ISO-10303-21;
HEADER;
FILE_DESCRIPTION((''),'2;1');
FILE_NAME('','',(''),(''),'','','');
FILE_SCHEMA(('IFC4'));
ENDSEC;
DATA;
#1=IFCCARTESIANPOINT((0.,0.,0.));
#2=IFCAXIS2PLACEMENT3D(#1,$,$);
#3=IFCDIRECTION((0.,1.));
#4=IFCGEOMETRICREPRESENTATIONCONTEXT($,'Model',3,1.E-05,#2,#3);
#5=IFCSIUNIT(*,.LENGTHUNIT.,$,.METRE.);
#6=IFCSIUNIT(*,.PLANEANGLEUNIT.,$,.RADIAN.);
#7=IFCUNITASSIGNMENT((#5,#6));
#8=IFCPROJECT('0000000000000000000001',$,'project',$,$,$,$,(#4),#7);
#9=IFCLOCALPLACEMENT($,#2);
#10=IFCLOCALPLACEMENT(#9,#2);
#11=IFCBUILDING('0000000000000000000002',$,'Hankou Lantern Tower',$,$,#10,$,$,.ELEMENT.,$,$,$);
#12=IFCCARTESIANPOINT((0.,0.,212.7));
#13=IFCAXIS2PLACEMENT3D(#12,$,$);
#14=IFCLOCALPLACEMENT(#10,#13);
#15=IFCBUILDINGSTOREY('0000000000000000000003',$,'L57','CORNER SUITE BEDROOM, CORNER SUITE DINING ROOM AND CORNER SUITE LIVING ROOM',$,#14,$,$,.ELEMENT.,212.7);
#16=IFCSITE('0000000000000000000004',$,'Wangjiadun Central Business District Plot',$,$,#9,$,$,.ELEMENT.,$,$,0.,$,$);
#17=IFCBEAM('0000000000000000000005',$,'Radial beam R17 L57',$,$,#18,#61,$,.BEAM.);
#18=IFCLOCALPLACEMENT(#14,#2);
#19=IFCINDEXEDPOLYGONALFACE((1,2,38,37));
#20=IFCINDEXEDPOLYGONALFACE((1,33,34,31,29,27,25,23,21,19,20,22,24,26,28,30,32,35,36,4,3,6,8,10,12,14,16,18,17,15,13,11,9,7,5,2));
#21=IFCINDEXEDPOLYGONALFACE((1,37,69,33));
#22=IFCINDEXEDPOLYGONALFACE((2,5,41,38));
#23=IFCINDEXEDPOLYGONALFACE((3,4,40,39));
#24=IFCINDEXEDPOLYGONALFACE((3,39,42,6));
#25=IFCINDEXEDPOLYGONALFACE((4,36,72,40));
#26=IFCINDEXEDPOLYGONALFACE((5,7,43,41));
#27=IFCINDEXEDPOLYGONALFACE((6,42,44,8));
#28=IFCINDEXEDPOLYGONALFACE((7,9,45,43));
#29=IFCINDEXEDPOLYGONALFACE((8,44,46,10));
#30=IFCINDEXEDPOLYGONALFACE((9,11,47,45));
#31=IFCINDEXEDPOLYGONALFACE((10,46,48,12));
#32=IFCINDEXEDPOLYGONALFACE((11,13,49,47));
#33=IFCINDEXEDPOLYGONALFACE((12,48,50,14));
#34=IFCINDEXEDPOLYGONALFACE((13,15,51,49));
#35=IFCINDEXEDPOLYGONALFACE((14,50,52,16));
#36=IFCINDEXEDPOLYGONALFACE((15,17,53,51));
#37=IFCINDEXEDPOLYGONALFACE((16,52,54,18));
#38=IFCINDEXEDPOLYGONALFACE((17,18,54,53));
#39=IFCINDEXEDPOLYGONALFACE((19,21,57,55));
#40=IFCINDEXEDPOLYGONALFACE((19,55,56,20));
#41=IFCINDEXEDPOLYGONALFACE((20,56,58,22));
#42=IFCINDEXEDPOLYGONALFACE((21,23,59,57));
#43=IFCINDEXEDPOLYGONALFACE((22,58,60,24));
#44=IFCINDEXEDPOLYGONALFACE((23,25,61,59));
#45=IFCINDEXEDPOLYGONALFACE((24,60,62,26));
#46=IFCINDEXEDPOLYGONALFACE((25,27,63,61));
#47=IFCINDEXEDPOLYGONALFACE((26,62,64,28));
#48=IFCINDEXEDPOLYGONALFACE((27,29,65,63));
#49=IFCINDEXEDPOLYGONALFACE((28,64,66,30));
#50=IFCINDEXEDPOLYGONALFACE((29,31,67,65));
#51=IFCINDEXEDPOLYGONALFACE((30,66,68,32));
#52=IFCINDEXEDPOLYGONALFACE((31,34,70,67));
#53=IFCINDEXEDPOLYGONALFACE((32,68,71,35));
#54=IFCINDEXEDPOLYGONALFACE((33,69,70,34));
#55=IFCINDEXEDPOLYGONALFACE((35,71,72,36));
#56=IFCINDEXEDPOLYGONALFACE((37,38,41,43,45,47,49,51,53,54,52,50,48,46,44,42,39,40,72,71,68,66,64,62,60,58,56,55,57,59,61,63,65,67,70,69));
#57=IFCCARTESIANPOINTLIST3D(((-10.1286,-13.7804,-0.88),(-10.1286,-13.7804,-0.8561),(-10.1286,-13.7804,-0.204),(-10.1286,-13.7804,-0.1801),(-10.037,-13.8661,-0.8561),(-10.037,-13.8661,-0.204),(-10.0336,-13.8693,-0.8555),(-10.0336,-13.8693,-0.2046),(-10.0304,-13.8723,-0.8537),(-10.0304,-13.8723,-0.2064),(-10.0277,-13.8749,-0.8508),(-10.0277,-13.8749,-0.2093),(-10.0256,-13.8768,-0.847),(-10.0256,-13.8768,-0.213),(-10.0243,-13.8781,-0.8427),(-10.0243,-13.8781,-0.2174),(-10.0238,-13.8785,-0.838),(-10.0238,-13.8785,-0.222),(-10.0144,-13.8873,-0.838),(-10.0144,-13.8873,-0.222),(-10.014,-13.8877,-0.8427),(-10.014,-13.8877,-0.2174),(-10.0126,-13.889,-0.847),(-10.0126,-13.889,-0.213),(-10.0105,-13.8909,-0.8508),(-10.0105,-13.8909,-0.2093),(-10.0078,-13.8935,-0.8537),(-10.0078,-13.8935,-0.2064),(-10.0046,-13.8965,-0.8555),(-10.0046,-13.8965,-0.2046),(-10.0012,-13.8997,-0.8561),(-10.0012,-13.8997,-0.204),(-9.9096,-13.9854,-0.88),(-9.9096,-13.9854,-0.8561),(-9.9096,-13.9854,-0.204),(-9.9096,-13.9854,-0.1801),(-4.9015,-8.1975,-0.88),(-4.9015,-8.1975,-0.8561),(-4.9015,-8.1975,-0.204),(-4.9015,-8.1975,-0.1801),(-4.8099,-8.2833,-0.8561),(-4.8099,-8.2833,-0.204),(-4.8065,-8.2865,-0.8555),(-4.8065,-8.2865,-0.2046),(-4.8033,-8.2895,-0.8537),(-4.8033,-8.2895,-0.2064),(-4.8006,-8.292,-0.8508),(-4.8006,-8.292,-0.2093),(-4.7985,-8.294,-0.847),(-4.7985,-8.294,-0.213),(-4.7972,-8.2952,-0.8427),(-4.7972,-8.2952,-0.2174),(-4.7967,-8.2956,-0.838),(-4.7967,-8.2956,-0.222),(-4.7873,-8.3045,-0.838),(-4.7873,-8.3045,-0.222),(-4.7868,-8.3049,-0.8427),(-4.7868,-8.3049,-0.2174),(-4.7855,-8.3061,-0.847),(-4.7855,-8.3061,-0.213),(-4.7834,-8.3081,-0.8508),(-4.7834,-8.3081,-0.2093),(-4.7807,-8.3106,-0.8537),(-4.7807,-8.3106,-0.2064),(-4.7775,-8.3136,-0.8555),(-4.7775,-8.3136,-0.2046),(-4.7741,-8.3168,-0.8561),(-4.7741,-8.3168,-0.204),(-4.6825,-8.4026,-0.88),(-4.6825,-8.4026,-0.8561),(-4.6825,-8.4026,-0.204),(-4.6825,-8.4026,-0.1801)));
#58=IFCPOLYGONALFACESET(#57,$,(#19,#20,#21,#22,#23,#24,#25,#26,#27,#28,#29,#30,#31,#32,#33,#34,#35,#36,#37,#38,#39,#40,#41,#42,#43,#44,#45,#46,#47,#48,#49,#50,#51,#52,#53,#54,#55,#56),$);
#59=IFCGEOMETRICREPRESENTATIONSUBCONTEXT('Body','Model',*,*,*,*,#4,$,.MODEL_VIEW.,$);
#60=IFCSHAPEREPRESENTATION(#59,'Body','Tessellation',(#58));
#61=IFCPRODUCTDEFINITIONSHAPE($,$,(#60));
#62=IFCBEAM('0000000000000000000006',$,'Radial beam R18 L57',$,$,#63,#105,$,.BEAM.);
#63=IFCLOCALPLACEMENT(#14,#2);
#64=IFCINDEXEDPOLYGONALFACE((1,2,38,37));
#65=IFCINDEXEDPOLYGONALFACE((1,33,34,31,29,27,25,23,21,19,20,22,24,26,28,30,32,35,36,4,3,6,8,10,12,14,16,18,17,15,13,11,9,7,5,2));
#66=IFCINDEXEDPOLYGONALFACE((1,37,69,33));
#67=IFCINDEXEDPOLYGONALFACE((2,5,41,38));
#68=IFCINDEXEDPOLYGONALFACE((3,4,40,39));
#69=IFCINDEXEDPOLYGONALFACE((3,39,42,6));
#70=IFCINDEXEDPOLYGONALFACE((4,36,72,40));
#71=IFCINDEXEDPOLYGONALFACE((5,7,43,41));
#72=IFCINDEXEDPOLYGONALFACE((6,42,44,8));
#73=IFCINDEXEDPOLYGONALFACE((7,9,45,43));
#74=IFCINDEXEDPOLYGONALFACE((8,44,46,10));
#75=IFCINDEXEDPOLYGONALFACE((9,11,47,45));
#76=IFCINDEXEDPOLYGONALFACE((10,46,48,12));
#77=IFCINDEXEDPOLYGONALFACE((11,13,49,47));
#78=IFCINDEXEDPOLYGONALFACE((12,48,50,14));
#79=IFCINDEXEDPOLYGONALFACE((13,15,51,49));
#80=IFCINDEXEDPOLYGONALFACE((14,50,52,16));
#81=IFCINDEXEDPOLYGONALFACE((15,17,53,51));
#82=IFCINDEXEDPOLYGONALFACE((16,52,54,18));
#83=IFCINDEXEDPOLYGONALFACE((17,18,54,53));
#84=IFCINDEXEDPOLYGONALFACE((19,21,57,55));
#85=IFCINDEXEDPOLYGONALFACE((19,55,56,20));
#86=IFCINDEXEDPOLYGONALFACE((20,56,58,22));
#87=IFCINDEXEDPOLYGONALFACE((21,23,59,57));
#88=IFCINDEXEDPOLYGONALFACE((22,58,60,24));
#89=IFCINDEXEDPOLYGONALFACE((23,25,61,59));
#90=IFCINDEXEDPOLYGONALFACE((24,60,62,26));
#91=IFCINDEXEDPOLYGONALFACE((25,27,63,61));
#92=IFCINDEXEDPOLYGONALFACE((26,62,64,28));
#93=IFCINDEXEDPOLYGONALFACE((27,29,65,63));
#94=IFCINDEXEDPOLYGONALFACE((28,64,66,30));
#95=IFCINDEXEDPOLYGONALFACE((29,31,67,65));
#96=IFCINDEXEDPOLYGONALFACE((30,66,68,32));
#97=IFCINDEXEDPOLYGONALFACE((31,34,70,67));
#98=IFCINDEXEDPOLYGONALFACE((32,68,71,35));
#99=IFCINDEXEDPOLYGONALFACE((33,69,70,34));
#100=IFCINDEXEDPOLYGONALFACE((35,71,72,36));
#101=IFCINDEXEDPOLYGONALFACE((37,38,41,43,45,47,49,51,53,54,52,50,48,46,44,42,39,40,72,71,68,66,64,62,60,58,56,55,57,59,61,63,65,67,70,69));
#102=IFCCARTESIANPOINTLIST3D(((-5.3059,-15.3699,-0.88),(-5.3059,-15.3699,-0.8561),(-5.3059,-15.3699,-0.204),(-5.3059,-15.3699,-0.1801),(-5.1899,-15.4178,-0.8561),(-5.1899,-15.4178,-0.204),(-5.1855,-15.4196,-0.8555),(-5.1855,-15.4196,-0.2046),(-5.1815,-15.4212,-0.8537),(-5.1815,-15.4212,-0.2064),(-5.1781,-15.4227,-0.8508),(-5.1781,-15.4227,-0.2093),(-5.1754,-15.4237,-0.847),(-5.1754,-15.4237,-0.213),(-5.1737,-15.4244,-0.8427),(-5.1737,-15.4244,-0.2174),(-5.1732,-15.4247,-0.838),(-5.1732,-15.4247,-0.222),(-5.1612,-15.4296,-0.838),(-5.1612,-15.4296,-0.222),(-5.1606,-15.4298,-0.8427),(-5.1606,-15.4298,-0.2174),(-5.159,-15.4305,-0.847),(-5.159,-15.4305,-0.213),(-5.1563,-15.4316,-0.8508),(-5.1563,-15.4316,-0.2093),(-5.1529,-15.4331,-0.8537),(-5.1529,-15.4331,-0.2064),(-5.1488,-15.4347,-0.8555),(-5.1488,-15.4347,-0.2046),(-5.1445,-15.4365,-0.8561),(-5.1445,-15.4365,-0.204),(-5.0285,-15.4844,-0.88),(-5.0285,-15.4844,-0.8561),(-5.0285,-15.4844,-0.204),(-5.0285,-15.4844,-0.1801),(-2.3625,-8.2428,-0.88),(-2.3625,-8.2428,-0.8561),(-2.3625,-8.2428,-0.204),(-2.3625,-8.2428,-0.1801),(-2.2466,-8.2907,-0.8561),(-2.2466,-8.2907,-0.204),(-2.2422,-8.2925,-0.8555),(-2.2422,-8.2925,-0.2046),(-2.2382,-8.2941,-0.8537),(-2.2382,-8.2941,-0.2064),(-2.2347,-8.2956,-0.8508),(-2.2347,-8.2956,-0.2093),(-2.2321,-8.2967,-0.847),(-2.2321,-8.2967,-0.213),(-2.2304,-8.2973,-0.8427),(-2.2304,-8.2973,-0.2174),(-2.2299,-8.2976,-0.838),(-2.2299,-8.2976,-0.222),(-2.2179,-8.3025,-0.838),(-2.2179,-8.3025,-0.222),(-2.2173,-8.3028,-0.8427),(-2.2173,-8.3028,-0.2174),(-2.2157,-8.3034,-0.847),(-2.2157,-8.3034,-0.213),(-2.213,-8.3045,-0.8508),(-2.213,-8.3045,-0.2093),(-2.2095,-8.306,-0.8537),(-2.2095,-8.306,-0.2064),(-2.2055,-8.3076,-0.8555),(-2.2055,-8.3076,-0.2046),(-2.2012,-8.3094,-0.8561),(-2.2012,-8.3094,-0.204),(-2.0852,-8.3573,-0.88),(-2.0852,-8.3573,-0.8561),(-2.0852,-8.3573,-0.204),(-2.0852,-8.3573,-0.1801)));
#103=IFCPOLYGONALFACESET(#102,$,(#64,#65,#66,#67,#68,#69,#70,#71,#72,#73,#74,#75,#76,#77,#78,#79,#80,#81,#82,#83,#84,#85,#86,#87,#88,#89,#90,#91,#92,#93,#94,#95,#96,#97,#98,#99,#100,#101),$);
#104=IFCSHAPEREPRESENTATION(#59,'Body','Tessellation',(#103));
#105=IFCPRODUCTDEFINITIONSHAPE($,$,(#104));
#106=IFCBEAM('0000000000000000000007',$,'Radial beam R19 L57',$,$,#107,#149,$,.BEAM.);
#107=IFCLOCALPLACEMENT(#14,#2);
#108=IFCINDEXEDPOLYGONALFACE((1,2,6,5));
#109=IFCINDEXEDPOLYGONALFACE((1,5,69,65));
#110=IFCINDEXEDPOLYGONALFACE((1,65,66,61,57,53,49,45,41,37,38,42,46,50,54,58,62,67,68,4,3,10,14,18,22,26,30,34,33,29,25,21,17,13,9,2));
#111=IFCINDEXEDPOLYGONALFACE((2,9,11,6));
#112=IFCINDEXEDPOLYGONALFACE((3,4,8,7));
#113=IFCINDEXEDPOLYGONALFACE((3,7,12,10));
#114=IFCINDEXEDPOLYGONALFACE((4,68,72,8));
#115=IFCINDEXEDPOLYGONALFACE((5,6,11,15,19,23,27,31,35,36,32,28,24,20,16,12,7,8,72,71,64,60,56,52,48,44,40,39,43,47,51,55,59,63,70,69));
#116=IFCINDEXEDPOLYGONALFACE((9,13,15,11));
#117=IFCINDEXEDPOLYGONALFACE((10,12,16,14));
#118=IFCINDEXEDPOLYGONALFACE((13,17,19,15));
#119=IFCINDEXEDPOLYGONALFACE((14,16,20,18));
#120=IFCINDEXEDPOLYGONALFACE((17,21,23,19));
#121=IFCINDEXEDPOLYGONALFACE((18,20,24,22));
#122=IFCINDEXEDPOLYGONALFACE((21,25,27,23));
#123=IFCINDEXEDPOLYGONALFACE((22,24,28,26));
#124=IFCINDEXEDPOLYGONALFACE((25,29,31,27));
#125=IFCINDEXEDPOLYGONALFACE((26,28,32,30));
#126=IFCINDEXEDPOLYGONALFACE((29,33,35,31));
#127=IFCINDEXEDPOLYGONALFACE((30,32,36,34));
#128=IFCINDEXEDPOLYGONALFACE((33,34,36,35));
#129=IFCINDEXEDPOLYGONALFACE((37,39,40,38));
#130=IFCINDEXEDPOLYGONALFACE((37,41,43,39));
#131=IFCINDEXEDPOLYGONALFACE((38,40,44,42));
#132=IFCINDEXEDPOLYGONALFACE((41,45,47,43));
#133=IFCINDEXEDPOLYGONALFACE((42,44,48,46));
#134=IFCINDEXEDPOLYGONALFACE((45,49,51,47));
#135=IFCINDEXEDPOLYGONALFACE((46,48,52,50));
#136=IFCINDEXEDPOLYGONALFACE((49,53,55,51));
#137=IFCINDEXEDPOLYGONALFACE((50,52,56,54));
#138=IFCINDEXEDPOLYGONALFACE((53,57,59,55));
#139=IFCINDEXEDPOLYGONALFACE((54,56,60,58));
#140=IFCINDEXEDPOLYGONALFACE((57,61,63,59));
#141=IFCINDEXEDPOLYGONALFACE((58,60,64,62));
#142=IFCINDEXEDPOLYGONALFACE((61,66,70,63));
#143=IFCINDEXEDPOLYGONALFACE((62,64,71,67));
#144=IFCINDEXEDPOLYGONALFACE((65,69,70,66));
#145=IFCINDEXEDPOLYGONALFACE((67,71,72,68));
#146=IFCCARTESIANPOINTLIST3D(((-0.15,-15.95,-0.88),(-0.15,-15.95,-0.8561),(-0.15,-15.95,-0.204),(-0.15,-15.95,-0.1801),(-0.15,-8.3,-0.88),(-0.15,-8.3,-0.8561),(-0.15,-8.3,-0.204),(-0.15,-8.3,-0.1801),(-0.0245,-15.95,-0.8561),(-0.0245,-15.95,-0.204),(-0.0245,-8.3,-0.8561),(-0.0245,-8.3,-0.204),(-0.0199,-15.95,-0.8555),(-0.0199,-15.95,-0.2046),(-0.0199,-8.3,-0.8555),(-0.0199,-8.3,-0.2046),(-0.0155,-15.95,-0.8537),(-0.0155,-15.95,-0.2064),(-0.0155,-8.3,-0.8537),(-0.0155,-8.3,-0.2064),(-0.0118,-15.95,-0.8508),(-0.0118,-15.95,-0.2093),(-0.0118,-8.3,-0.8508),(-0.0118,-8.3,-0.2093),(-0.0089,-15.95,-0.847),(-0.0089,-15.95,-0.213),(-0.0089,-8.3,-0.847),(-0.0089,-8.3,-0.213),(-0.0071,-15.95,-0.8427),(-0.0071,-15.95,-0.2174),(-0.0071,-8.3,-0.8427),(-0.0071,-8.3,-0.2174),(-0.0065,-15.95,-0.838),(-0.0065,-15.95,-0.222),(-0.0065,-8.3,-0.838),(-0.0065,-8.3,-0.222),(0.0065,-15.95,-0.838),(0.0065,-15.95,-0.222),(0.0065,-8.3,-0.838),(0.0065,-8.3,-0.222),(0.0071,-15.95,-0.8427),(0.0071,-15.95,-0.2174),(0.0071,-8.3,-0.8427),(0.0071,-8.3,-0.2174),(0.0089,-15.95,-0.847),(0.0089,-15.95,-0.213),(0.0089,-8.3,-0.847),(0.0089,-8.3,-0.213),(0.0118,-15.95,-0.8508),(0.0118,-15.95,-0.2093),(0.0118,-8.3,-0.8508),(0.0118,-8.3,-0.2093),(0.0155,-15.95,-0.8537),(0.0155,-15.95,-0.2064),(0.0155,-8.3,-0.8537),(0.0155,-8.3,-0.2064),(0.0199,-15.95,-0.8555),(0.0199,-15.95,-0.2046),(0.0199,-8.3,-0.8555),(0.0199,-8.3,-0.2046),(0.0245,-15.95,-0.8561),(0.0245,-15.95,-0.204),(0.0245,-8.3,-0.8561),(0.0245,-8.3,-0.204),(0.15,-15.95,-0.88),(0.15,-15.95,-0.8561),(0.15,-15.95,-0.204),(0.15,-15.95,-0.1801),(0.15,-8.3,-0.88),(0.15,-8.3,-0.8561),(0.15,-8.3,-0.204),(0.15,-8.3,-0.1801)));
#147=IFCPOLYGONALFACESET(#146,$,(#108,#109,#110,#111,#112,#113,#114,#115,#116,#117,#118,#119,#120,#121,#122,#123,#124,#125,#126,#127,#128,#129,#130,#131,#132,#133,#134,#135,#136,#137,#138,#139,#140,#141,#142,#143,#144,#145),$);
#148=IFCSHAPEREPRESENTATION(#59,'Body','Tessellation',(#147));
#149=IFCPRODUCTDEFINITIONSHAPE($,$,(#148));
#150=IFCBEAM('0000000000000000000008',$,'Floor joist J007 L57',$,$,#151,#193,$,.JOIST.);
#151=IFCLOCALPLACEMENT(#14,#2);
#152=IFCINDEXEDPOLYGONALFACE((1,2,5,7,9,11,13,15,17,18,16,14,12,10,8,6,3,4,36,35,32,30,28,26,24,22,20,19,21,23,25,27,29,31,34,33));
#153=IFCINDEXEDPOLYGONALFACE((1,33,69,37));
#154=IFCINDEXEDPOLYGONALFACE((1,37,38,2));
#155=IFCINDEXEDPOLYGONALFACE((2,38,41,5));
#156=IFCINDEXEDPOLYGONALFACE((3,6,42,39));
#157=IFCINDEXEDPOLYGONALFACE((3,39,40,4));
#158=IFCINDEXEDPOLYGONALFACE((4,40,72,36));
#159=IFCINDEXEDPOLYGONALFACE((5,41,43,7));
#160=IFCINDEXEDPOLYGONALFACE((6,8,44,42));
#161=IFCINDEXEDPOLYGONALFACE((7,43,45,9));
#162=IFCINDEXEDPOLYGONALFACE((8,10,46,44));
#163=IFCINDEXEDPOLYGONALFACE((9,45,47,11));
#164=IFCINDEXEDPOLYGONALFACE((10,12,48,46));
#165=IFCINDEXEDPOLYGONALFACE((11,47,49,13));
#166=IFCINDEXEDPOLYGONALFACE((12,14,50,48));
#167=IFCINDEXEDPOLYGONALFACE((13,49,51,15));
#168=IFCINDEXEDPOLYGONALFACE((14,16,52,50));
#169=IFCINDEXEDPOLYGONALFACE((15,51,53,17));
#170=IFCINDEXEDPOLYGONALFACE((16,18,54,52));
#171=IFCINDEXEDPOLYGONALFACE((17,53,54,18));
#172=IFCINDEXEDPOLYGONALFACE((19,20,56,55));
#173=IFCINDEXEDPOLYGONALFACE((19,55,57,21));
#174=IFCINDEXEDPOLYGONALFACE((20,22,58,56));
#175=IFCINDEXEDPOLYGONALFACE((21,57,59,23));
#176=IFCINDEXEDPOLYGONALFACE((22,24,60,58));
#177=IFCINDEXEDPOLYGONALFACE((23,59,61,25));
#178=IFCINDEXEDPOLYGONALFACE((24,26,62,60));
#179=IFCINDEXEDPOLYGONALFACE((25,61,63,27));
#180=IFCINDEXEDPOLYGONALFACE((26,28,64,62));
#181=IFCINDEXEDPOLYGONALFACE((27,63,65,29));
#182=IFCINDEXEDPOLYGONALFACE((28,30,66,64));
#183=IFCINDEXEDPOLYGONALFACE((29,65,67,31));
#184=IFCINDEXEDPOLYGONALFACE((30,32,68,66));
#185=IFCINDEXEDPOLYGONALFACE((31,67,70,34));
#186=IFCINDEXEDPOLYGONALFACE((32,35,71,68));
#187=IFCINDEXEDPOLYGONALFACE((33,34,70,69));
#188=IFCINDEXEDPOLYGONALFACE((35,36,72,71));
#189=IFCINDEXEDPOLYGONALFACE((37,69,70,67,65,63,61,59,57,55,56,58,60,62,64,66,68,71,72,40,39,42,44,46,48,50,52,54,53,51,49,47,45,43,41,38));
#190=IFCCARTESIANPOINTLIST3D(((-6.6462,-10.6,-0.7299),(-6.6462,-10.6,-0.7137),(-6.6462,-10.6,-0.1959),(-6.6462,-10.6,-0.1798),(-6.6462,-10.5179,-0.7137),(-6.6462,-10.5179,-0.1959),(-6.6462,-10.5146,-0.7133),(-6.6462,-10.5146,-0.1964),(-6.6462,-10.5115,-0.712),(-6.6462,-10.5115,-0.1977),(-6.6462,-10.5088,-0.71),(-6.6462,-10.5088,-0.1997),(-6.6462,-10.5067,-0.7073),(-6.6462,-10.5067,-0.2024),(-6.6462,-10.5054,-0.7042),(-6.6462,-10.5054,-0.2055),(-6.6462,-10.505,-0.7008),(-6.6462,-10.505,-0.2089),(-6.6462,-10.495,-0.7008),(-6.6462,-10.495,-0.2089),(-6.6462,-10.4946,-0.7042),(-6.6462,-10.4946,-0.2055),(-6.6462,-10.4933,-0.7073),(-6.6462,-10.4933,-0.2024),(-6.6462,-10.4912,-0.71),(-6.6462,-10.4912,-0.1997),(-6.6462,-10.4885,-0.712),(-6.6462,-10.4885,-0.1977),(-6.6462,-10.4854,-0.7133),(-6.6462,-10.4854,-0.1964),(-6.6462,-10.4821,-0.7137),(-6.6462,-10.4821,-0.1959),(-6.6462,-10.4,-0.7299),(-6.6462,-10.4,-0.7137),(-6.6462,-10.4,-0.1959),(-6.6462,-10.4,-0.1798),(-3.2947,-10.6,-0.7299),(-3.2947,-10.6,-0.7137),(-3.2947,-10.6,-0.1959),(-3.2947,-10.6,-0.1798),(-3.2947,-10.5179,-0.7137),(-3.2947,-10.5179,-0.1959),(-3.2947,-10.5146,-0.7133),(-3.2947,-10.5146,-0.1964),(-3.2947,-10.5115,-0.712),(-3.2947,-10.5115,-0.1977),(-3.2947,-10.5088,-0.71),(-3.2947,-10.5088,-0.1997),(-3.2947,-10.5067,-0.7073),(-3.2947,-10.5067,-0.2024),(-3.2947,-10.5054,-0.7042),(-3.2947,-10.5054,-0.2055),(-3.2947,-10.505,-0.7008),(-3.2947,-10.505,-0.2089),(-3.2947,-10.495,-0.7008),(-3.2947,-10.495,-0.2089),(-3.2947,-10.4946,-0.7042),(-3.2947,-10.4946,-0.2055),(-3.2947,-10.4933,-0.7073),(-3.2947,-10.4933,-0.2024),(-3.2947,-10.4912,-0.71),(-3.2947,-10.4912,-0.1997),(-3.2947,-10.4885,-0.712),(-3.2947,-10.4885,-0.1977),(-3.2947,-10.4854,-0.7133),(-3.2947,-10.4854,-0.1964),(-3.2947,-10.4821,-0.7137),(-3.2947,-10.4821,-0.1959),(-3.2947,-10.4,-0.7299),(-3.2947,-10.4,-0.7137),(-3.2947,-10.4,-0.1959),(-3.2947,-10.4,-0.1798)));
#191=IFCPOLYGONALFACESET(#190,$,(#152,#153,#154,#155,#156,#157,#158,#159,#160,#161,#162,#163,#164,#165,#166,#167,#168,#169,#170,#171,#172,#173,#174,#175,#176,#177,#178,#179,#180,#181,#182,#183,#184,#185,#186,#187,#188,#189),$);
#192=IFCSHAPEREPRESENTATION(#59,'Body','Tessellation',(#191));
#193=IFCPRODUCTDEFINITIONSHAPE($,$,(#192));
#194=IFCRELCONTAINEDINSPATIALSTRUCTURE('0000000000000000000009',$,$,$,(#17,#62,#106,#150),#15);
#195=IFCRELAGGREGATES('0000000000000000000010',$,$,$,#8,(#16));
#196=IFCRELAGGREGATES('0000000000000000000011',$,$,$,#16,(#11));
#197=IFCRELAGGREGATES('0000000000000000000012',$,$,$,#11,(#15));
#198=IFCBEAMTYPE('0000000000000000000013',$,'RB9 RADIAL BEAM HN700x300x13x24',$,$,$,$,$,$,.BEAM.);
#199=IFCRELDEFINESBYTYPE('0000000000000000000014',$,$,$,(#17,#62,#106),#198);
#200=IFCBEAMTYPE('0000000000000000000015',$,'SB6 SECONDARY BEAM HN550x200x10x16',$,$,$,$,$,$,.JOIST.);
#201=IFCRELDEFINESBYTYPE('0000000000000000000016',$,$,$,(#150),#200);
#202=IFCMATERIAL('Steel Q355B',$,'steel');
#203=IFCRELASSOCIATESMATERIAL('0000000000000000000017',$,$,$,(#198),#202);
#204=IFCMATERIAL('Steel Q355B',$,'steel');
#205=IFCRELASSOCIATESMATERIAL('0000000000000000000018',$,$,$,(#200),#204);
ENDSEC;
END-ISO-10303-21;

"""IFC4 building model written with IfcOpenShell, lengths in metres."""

from ifc_helpers import new_model, si_unit, direction, frame, origin, origin_2d, place, context, subcontext, project, spatial, i_section, extrude, material, material_profile, profile_set, type_object, element, save


model = new_model("IFC4")

# Units and contexts
model_context = context("Model", 3, precision=1e-05, world=origin(), true_north=direction((0.0, 1.0)))
body_context = subcontext(model_context, "Body", "Model", "MODEL_VIEW")
ifc_project = project(units=[si_unit("LENGTHUNIT", "METRE"), si_unit("PLANEANGLEUNIT", "RADIAN")], contexts=[model_context])

# Site, building, storey
site_placement = place(None, origin())
site = spatial("IfcSite", under=ifc_project, at=site_placement, Name="Wangjiadun Central Business District Plot", CompositionType="ELEMENT", RefElevation=0.0)
building_placement = place(site_placement, origin())
building = spatial("IfcBuilding", under=site, at=building_placement, Name="Hankou Lantern Tower", CompositionType="ELEMENT")
storey_placement = place(building_placement, frame((0.0, 0.0, 212.7)))
storey = spatial("IfcBuildingStorey", under=building, at=storey_placement, Name="L57", Description="CORNER SUITE BEDROOM, CORNER SUITE DINING ROOM AND CORNER SUITE LIVING ROOM", CompositionType="ELEMENT", Elevation=212.7)

# Beams
ifc_material_1 = material(Name="Steel Q355B", Category="steel")
ifc_material_profile_1 = material_profile(ifc_material_1, i_section(OverallWidth=0.3, OverallDepth=0.7, WebThickness=0.0129, FlangeThickness=0.0239, FilletRadius=0.0181, at=origin_2d()), Name="HN700x300x13x24")
ifc_profile_set_1 = profile_set([ifc_material_profile_1], Name="Steel Q355B")
beam_type_1 = type_object("IfcBeamType", Name="RB9 RADIAL BEAM HN700x300x13x24", PredefinedType="BEAM", material=ifc_profile_set_1)
beam_1_placement = place(storey_placement, frame((-4.792, -8.3, -0.53), z_axis=(-0.683468, -0.72998, 0.0), x_axis=(0.72998, -0.683468, 0.0)))
element("IfcBeam", 1, at=beam_1_placement, inside=storey, type_object=beam_type_1, Name="Radial beam R17 L57", PredefinedType="BEAM", context=body_context, shape_type="SweptSolid", body=[
    extrude(i_section(OverallWidth=0.3, OverallDepth=0.7, WebThickness=0.0129, FlangeThickness=0.0239, FilletRadius=0.0181, at=origin_2d()), origin(), (0.0, 0.0, 1.0), 7.6479),
])
beam_2_placement = place(storey_placement, frame((-2.2239, -8.3, -0.53), z_axis=(-0.381707, -0.924284, 0.0), x_axis=(0.924284, -0.381707, 0.0)))
element("IfcBeam", 2, at=beam_2_placement, inside=storey, type_object=beam_type_1, Name="Radial beam R18 L57", PredefinedType="BEAM", context=body_context, shape_type="SweptSolid", body=[
    extrude(i_section(OverallWidth=0.3, OverallDepth=0.7, WebThickness=0.0129, FlangeThickness=0.0239, FilletRadius=0.0181, at=origin_2d()), origin(), (0.0, 0.0, 1.0), 7.7109),
])
beam_3_placement = place(storey_placement, frame((0.0, -8.3, -0.53), z_axis=(0.0, -1.0, 0.0), x_axis=(1.0, 0.0, 0.0)))
element("IfcBeam", 3, at=beam_3_placement, inside=storey, type_object=beam_type_1, Name="Radial beam R19 L57", PredefinedType="BEAM", context=body_context, shape_type="SweptSolid", body=[
    extrude(i_section(OverallWidth=0.3, OverallDepth=0.7, WebThickness=0.0129, FlangeThickness=0.0239, FilletRadius=0.0181, at=origin_2d()), origin(), (0.0, 0.0, 1.0), 7.6499),
])
ifc_material_2 = material(Name="Steel Q355B", Category="steel")
ifc_material_profile_2 = material_profile(ifc_material_2, i_section(OverallWidth=0.2, OverallDepth=0.55, WebThickness=0.01, FlangeThickness=0.0161, FilletRadius=0.0129, at=origin_2d()), Name="HN550x200x10x16")
ifc_profile_set_2 = profile_set([ifc_material_profile_2], Name="Steel Q355B")
beam_type_2 = type_object("IfcBeamType", Name="SB6 SECONDARY BEAM HN550x200x10x16", PredefinedType="JOIST", material=ifc_profile_set_2)
beam_4_placement = place(storey_placement, frame((-6.6462, -10.5, -0.4548), z_axis=(1.0, 0.0, 0.0), x_axis=(0.0, 1.0, 0.0)))
element("IfcBeam", 4, at=beam_4_placement, inside=storey, type_object=beam_type_2, Name="Floor joist J007 L57", PredefinedType="JOIST", context=body_context, shape_type="SweptSolid", body=[
    extrude(i_section(OverallWidth=0.2, OverallDepth=0.55, WebThickness=0.01, FlangeThickness=0.0161, FilletRadius=0.0129, at=origin_2d()), origin(), (0.0, 0.0, 1.0), 3.3516),
])

save(model, "model.ifc")
